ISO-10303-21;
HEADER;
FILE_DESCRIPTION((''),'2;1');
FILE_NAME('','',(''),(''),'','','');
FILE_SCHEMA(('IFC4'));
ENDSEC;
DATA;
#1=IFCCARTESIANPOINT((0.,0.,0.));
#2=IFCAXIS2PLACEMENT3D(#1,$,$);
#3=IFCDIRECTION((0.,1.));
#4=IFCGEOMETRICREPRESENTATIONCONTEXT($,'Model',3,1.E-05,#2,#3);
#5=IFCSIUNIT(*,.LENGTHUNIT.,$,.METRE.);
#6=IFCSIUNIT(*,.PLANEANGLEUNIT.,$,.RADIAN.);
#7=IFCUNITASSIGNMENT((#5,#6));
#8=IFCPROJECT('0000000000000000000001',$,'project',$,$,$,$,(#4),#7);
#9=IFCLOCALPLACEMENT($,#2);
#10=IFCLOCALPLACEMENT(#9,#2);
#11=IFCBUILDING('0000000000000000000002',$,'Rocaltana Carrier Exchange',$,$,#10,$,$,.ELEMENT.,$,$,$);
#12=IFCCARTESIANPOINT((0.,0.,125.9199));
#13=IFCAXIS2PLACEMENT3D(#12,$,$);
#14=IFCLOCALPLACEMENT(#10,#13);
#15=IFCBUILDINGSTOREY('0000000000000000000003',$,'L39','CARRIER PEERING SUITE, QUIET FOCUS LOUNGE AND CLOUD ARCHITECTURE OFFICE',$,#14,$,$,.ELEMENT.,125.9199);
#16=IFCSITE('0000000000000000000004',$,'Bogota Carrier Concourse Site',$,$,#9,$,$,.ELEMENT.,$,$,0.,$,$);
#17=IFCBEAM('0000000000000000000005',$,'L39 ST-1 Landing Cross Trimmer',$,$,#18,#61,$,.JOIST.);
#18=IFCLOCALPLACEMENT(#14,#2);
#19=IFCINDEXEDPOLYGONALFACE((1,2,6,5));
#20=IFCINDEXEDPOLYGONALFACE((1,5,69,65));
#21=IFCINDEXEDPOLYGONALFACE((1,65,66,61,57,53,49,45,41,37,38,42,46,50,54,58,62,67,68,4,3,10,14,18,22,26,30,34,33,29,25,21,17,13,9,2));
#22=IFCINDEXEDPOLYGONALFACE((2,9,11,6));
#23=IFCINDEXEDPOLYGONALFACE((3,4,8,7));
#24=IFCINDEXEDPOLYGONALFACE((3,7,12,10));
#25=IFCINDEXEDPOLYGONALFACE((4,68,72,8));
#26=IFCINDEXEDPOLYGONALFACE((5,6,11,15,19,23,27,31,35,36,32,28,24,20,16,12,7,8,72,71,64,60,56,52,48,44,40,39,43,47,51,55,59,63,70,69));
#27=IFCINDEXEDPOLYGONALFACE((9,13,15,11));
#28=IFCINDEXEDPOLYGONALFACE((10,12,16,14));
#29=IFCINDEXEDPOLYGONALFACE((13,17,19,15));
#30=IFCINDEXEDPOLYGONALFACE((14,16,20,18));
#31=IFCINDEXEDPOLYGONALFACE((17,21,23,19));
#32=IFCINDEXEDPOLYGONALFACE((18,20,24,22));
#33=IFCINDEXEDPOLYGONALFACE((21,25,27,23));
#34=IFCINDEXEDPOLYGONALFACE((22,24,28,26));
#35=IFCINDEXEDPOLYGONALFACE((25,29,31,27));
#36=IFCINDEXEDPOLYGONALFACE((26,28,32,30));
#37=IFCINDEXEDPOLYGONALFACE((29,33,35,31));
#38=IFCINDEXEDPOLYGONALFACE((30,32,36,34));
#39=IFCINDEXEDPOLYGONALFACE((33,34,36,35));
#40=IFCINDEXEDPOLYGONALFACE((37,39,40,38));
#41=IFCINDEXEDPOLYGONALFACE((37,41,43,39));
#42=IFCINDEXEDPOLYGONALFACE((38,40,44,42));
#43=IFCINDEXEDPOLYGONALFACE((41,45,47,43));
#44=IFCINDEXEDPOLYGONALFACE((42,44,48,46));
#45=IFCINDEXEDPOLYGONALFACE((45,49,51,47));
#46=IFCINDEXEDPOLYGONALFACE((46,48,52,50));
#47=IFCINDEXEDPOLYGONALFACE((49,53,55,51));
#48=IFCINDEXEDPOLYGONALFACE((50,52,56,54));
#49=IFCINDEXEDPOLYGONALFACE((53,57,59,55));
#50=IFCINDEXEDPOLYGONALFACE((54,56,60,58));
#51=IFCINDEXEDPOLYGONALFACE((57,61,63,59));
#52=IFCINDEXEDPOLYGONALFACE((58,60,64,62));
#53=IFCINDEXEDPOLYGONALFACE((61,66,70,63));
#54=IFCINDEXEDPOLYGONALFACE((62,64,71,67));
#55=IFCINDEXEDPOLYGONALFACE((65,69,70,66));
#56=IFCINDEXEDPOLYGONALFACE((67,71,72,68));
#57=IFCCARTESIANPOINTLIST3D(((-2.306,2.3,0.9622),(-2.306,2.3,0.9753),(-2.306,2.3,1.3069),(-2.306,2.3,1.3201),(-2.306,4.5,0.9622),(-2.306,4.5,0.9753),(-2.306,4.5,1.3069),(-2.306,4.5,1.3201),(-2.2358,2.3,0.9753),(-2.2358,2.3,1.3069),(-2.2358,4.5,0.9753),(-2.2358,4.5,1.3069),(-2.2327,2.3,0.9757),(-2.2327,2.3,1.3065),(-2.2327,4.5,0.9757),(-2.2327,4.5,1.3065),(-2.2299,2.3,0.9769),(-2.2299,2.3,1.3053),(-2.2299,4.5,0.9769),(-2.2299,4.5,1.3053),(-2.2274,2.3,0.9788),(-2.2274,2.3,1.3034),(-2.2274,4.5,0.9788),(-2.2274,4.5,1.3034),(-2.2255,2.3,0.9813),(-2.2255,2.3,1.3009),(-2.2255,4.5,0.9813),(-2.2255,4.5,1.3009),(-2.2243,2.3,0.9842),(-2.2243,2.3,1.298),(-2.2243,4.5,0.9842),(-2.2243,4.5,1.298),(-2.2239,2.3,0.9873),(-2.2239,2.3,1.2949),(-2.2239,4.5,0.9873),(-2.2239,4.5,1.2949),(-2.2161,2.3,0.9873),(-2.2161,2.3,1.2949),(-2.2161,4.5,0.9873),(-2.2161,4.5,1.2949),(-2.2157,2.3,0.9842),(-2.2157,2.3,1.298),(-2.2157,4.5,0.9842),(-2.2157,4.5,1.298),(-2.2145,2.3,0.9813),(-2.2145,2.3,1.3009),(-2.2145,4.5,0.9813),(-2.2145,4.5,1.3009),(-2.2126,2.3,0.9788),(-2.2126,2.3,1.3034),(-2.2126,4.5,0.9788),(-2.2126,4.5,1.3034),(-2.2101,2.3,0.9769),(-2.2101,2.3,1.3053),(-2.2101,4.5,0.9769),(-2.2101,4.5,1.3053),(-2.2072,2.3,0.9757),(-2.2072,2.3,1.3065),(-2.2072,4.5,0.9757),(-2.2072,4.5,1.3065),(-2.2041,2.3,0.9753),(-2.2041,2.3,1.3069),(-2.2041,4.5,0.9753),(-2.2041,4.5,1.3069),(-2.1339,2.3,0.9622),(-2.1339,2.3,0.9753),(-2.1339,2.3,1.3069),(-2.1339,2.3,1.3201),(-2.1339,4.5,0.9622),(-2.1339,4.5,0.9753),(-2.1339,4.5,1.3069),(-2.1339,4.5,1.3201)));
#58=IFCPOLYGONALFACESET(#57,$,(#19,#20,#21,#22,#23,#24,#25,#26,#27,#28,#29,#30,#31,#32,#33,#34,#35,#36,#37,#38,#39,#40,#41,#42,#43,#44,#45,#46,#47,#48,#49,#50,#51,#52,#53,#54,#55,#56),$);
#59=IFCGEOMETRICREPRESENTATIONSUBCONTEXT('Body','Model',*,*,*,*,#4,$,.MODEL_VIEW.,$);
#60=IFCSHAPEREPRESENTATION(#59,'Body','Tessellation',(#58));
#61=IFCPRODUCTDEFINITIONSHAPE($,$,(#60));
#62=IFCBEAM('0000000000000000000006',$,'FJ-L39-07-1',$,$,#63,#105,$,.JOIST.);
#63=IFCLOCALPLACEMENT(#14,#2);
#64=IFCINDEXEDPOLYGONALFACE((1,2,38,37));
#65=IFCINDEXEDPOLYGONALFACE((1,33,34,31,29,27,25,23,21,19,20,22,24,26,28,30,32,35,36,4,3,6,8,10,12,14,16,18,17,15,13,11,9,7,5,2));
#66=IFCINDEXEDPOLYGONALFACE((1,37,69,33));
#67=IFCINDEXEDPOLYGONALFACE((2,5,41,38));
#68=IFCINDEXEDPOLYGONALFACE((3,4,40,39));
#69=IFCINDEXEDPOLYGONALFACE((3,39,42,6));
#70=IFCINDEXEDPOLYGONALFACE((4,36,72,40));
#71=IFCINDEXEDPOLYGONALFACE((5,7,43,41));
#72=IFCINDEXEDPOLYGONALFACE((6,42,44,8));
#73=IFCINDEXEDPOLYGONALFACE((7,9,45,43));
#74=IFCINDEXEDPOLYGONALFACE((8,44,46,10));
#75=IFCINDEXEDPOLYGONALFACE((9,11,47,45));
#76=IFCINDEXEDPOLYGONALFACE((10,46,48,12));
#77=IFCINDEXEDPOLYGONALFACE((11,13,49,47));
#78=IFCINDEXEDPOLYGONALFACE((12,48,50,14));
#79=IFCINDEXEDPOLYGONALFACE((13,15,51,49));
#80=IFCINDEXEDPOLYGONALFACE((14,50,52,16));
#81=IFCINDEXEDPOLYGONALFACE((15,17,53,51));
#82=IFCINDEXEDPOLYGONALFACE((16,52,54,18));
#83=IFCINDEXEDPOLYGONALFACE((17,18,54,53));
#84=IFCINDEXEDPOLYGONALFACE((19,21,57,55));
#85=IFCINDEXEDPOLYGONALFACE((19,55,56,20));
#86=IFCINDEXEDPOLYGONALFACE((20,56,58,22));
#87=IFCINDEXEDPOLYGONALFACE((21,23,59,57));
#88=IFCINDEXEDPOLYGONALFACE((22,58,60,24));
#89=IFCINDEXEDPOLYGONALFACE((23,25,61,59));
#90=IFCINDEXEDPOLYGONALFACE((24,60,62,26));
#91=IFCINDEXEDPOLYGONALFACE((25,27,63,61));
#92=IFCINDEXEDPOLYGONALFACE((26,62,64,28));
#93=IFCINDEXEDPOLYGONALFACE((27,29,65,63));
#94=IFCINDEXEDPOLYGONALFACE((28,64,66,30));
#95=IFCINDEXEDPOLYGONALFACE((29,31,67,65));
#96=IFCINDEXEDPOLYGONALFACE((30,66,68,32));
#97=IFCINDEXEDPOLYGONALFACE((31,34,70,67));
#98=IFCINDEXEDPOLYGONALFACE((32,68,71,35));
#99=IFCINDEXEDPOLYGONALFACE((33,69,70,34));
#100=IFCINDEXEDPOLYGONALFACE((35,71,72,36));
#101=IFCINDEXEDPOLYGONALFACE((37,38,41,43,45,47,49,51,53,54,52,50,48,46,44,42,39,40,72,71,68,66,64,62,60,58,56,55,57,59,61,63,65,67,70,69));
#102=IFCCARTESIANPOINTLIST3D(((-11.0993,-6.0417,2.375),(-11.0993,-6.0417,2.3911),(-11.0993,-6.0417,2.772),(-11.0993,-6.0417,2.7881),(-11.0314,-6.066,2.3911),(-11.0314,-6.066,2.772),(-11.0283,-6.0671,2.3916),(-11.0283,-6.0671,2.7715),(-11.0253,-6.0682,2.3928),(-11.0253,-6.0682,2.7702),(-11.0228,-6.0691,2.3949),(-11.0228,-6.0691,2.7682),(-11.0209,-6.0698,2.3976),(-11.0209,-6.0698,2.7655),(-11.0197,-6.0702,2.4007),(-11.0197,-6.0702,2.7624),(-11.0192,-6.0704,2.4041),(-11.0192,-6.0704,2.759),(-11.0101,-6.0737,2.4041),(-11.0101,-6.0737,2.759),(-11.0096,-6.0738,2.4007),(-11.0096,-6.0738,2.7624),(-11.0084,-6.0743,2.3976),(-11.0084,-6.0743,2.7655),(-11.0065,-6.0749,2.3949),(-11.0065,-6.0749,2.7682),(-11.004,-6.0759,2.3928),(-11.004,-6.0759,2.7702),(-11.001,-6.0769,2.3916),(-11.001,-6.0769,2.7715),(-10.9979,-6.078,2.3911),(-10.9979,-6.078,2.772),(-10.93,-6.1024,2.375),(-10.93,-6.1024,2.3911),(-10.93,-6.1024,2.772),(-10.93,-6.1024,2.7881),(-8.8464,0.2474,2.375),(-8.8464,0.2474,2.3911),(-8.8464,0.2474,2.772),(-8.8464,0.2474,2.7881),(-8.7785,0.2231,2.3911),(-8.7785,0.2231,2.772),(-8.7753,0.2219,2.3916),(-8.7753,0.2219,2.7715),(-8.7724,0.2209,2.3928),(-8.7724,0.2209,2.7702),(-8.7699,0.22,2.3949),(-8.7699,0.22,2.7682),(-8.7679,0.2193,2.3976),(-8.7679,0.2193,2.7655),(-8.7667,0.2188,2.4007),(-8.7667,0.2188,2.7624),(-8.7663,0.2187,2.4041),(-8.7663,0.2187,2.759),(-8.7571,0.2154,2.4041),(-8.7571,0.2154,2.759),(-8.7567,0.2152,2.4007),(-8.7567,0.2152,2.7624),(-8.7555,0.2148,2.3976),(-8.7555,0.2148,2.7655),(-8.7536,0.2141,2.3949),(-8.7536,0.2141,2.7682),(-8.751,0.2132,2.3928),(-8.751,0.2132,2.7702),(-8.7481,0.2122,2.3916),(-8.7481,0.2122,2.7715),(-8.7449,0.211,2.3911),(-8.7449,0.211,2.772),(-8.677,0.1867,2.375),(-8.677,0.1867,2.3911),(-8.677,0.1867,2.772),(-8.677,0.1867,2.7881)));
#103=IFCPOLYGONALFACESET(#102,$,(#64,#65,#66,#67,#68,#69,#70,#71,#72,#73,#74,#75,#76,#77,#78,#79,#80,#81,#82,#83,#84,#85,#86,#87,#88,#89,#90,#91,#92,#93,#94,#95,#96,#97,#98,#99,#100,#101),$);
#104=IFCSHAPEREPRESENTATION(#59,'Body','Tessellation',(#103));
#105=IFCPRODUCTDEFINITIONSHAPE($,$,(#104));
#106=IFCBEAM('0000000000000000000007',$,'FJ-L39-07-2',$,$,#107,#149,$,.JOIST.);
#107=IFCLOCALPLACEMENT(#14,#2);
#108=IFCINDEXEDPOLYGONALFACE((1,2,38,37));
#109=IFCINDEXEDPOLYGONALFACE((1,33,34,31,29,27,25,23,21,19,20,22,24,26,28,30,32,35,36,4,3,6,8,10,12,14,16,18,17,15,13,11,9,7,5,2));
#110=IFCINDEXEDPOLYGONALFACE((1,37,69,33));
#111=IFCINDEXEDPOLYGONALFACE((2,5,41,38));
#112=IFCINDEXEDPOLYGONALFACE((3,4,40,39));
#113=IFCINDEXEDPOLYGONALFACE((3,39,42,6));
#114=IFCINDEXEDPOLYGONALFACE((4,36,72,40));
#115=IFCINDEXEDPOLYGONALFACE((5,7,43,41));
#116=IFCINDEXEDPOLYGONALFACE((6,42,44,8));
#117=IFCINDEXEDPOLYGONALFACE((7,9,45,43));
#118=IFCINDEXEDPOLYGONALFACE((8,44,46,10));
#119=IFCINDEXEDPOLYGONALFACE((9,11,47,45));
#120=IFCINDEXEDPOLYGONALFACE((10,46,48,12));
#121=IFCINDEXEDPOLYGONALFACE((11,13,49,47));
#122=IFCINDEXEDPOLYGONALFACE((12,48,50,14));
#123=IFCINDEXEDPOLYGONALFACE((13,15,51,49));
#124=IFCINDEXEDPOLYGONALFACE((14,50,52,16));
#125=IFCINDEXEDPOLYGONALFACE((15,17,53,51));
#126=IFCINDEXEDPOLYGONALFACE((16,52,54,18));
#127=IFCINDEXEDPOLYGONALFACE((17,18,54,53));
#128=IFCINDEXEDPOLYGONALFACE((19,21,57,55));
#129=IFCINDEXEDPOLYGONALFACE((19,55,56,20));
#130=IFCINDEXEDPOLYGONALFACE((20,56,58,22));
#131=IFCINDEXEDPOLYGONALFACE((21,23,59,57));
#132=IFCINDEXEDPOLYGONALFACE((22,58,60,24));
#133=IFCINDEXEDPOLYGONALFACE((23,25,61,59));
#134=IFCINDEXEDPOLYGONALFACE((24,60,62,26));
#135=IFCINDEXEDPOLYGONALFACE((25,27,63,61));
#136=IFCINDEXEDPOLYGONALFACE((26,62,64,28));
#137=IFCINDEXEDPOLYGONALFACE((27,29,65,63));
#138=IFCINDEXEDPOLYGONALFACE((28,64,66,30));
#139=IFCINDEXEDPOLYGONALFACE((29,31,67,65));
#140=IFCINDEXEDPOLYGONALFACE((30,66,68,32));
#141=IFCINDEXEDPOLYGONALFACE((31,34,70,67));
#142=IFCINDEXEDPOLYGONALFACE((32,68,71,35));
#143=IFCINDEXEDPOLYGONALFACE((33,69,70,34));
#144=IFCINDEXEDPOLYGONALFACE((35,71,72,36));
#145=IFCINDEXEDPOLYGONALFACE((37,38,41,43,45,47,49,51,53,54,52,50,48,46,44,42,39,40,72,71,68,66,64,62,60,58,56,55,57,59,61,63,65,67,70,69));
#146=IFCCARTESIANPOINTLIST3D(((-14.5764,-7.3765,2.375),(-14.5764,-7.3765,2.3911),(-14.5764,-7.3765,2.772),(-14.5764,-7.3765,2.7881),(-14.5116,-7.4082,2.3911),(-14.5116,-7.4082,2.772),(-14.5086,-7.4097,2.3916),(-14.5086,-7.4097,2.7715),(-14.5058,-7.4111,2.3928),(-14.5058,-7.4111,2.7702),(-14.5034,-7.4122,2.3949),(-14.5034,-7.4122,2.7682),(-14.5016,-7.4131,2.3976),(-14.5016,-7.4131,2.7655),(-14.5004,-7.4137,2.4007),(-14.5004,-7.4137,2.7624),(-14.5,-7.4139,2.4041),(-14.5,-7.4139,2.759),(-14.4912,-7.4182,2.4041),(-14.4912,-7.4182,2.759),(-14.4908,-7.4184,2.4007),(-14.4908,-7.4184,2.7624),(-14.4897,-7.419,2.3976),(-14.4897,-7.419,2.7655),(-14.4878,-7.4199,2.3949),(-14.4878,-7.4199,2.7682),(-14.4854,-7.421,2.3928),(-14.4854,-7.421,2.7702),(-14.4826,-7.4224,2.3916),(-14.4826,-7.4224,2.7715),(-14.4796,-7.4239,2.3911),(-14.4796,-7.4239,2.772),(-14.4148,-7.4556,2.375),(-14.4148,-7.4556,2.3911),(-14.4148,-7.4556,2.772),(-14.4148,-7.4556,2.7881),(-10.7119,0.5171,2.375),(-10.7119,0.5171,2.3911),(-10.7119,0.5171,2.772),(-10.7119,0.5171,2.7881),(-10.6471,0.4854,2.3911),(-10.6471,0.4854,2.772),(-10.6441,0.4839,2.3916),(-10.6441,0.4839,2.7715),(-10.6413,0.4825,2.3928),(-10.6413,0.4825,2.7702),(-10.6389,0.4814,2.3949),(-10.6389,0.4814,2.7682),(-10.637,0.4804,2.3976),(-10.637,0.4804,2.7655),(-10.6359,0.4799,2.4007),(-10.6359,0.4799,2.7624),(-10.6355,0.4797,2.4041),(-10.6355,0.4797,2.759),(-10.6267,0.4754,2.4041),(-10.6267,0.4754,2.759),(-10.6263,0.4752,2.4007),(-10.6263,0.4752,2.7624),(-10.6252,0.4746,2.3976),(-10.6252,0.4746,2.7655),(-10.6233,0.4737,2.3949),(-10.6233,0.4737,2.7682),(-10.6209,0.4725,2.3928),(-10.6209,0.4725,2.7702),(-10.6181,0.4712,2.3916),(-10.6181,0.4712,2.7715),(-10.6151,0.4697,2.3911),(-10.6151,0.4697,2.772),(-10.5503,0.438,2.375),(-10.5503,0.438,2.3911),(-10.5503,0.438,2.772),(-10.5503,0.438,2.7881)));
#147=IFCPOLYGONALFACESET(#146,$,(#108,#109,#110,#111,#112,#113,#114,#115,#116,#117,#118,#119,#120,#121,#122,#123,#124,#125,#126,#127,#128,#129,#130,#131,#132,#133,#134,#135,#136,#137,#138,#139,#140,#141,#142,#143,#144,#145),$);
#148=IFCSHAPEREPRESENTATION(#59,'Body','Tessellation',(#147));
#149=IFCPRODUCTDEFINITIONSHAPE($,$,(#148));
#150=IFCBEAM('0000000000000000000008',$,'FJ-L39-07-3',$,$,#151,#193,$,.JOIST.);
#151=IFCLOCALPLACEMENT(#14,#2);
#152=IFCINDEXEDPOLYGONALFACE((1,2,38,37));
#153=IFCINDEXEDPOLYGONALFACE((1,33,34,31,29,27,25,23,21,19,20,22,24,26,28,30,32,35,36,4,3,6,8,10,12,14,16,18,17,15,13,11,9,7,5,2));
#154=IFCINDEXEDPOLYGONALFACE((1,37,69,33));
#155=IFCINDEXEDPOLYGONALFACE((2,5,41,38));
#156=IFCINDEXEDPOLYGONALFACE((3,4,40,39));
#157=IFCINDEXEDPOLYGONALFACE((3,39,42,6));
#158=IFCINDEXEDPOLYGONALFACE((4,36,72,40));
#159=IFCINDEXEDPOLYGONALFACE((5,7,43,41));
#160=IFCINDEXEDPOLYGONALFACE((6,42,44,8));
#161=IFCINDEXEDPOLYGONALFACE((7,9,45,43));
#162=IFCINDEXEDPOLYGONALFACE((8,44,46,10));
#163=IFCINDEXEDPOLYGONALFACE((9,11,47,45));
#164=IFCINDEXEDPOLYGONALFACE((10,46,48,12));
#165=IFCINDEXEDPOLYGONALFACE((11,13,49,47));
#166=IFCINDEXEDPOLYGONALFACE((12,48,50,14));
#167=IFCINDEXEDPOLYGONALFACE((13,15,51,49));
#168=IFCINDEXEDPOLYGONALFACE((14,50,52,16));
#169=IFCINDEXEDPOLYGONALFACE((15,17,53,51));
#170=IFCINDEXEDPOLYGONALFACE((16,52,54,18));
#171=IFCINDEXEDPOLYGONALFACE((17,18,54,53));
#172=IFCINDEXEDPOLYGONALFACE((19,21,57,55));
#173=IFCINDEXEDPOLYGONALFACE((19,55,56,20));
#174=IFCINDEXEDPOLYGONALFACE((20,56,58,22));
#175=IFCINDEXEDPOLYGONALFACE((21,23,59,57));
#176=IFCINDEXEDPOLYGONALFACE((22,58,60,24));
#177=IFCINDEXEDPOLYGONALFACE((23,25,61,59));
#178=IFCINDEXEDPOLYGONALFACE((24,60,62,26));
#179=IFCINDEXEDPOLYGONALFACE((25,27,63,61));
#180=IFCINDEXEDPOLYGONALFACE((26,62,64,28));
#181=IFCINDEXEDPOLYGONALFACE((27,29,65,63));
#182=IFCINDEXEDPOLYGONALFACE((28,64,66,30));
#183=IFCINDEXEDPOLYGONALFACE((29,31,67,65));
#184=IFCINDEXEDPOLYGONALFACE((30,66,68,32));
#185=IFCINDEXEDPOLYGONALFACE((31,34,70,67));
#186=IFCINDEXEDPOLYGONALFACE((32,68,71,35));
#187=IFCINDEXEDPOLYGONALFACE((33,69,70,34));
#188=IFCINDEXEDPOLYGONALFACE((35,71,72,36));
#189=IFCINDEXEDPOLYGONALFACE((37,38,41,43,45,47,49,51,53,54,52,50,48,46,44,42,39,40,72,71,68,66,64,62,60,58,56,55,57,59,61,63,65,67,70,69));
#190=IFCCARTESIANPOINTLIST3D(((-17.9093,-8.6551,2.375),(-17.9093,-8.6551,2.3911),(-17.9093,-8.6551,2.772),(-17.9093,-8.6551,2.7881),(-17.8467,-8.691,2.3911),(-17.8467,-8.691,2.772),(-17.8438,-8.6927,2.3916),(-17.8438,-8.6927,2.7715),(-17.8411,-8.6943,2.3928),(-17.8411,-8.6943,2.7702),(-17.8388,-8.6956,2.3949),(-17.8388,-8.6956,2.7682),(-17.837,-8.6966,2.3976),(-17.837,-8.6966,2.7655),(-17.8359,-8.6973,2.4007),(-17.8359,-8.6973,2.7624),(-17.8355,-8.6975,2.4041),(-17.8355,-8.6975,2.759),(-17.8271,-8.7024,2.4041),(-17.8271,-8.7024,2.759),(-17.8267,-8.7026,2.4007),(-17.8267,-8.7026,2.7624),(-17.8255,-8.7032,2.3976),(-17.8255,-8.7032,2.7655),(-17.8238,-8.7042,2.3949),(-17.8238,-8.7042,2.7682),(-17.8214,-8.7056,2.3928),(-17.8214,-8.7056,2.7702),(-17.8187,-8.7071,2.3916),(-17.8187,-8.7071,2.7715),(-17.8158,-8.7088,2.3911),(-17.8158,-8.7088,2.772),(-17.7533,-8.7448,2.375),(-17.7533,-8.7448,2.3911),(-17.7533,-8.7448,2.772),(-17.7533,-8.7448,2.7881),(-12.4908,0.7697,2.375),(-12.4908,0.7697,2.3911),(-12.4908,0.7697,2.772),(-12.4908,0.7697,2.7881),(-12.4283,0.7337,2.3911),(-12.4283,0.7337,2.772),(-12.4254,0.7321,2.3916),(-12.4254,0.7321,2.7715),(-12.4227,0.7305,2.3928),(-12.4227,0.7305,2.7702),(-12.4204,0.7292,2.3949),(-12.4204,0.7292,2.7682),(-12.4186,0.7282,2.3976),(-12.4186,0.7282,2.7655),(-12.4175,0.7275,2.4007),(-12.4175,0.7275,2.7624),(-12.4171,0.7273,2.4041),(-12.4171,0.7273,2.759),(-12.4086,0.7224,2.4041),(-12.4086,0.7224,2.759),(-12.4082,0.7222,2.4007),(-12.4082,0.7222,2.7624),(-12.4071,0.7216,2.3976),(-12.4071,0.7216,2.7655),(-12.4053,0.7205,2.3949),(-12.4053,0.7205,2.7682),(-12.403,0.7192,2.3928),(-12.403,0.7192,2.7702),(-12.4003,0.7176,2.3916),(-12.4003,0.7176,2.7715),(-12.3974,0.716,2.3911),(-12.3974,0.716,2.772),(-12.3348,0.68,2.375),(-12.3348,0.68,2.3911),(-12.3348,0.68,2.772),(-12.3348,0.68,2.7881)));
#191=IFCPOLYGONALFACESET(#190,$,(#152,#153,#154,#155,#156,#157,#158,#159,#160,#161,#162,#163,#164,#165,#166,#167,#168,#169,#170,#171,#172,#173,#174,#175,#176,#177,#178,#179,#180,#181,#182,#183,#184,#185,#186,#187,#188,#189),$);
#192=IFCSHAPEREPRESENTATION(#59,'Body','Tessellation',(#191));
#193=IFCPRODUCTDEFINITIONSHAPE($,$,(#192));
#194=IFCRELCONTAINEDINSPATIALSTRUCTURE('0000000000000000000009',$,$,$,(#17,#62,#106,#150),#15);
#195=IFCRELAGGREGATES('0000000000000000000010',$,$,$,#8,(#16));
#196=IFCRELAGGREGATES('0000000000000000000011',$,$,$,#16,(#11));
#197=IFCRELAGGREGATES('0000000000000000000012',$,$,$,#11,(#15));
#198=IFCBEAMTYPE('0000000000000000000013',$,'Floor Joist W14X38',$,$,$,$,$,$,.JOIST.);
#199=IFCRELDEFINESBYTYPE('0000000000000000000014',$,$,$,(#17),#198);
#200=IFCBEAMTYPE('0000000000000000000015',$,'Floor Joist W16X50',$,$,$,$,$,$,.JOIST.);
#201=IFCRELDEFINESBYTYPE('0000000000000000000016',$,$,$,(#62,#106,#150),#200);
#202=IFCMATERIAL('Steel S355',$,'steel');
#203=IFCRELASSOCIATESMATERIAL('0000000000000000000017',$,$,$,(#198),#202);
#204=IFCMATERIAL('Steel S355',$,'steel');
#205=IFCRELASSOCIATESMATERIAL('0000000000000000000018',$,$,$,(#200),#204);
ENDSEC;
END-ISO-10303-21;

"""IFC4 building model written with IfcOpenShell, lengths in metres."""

from ifc_helpers import new_model, si_unit, direction, frame, origin, origin_2d, place, context, subcontext, project, spatial, i_section, extrude, material, material_profile, profile_set, type_object, element, save


model = new_model("IFC4")

# Units and contexts
model_context = context("Model", 3, precision=1e-05, world=origin(), true_north=direction((0.0, 1.0)))
body_context = subcontext(model_context, "Body", "Model", "MODEL_VIEW")
ifc_project = project(units=[si_unit("LENGTHUNIT", "METRE"), si_unit("PLANEANGLEUNIT", "RADIAN")], contexts=[model_context])

# Site, building, storey
site_placement = place(None, origin())
site = spatial("IfcSite", under=ifc_project, at=site_placement, Name="Bogota Carrier Concourse Site", CompositionType="ELEMENT", RefElevation=0.0)
building_placement = place(site_placement, origin())
building = spatial("IfcBuilding", under=site, at=building_placement, Name="Rocaltana Carrier Exchange", CompositionType="ELEMENT")
storey_placement = place(building_placement, frame((0.0, 0.0, 125.9199)))
storey = spatial("IfcBuildingStorey", under=building, at=storey_placement, Name="L39", Description="CARRIER PEERING SUITE, QUIET FOCUS LOUNGE AND CLOUD ARCHITECTURE OFFICE", CompositionType="ELEMENT", Elevation=125.9199)

# Beams
ifc_material_1 = material(Name="Steel S355", Category="steel")
ifc_material_profile_1 = material_profile(ifc_material_1, i_section(OverallWidth=0.1721, OverallDepth=0.3579, WebThickness=0.0078, FlangeThickness=0.0132, FilletRadius=0.012, at=origin_2d()), Name="W14X38")
ifc_profile_set_1 = profile_set([ifc_material_profile_1], Name="Steel S355")
beam_type_1 = type_object("IfcBeamType", Name="Floor Joist W14X38", PredefinedType="JOIST", material=ifc_profile_set_1)
beam_1_placement = place(storey_placement, frame((-2.22, 2.3, 1.1411), z_axis=(0.0, 1.0, 0.0), x_axis=(-1.0, 0.0, 0.0)))
element("IfcBeam", 1, at=beam_1_placement, inside=storey, type_object=beam_type_1, Name="L39 ST-1 Landing Cross Trimmer", PredefinedType="JOIST", context=body_context, shape_type="SweptSolid", body=[
    extrude(i_section(OverallWidth=0.1721, OverallDepth=0.3579, WebThickness=0.0078, FlangeThickness=0.0132, FilletRadius=0.012, at=origin_2d()), origin(), (0.0, 0.0, 1.0), 2.2),
])
ifc_material_2 = material(Name="Steel S355", Category="steel")
ifc_material_profile_2 = material_profile(ifc_material_2, i_section(OverallWidth=0.1799, OverallDepth=0.4131, WebThickness=0.0098, FlangeThickness=0.0161, FilletRadius=0.0129, at=origin_2d()), Name="W16X50")
ifc_profile_set_2 = profile_set([ifc_material_profile_2], Name="Steel S355")
beam_type_2 = type_object("IfcBeamType", Name="Floor Joist W16X50", PredefinedType="JOIST", material=ifc_profile_set_2)
beam_2_placement = place(storey_placement, frame((-8.7617, 0.217, 2.5815), z_axis=(-0.337244, -0.941417, 0.0), x_axis=(0.941417, -0.337244, 0.0)))
element("IfcBeam", 2, at=beam_2_placement, inside=storey, type_object=beam_type_2, Name="FJ-L39-07-1", PredefinedType="JOIST", context=body_context, shape_type="SweptSolid", body=[
    extrude(i_section(OverallWidth=0.1799, OverallDepth=0.4131, WebThickness=0.0098, FlangeThickness=0.0161, FilletRadius=0.0129, at=origin_2d()), origin(), (0.0, 0.0, 1.0), 6.6804),
])
beam_3_placement = place(storey_placement, frame((-10.6311, 0.4775, 2.5815), z_axis=(-0.439709, -0.89814, 0.0), x_axis=(0.89814, -0.439709, 0.0)))
element("IfcBeam", 3, at=beam_3_placement, inside=storey, type_object=beam_type_2, Name="FJ-L39-07-2", PredefinedType="JOIST", context=body_context, shape_type="SweptSolid", body=[
    extrude(i_section(OverallWidth=0.1799, OverallDepth=0.4131, WebThickness=0.0098, FlangeThickness=0.0161, FilletRadius=0.0129, at=origin_2d()), origin(), (0.0, 0.0, 1.0), 8.7888),
])
beam_4_placement = place(storey_placement, frame((-12.4128, 0.7249, 2.5815), z_axis=(-0.498415, -0.866938, 0.0), x_axis=(0.866938, -0.498415, 0.0)))
element("IfcBeam", 4, at=beam_4_placement, inside=storey, type_object=beam_type_2, Name="FJ-L39-07-3", PredefinedType="JOIST", context=body_context, shape_type="SweptSolid", body=[
    extrude(i_section(OverallWidth=0.1799, OverallDepth=0.4131, WebThickness=0.0098, FlangeThickness=0.0161, FilletRadius=0.0129, at=origin_2d()), origin(), (0.0, 0.0, 1.0), 10.8713),
])

save(model, "model.ifc")
